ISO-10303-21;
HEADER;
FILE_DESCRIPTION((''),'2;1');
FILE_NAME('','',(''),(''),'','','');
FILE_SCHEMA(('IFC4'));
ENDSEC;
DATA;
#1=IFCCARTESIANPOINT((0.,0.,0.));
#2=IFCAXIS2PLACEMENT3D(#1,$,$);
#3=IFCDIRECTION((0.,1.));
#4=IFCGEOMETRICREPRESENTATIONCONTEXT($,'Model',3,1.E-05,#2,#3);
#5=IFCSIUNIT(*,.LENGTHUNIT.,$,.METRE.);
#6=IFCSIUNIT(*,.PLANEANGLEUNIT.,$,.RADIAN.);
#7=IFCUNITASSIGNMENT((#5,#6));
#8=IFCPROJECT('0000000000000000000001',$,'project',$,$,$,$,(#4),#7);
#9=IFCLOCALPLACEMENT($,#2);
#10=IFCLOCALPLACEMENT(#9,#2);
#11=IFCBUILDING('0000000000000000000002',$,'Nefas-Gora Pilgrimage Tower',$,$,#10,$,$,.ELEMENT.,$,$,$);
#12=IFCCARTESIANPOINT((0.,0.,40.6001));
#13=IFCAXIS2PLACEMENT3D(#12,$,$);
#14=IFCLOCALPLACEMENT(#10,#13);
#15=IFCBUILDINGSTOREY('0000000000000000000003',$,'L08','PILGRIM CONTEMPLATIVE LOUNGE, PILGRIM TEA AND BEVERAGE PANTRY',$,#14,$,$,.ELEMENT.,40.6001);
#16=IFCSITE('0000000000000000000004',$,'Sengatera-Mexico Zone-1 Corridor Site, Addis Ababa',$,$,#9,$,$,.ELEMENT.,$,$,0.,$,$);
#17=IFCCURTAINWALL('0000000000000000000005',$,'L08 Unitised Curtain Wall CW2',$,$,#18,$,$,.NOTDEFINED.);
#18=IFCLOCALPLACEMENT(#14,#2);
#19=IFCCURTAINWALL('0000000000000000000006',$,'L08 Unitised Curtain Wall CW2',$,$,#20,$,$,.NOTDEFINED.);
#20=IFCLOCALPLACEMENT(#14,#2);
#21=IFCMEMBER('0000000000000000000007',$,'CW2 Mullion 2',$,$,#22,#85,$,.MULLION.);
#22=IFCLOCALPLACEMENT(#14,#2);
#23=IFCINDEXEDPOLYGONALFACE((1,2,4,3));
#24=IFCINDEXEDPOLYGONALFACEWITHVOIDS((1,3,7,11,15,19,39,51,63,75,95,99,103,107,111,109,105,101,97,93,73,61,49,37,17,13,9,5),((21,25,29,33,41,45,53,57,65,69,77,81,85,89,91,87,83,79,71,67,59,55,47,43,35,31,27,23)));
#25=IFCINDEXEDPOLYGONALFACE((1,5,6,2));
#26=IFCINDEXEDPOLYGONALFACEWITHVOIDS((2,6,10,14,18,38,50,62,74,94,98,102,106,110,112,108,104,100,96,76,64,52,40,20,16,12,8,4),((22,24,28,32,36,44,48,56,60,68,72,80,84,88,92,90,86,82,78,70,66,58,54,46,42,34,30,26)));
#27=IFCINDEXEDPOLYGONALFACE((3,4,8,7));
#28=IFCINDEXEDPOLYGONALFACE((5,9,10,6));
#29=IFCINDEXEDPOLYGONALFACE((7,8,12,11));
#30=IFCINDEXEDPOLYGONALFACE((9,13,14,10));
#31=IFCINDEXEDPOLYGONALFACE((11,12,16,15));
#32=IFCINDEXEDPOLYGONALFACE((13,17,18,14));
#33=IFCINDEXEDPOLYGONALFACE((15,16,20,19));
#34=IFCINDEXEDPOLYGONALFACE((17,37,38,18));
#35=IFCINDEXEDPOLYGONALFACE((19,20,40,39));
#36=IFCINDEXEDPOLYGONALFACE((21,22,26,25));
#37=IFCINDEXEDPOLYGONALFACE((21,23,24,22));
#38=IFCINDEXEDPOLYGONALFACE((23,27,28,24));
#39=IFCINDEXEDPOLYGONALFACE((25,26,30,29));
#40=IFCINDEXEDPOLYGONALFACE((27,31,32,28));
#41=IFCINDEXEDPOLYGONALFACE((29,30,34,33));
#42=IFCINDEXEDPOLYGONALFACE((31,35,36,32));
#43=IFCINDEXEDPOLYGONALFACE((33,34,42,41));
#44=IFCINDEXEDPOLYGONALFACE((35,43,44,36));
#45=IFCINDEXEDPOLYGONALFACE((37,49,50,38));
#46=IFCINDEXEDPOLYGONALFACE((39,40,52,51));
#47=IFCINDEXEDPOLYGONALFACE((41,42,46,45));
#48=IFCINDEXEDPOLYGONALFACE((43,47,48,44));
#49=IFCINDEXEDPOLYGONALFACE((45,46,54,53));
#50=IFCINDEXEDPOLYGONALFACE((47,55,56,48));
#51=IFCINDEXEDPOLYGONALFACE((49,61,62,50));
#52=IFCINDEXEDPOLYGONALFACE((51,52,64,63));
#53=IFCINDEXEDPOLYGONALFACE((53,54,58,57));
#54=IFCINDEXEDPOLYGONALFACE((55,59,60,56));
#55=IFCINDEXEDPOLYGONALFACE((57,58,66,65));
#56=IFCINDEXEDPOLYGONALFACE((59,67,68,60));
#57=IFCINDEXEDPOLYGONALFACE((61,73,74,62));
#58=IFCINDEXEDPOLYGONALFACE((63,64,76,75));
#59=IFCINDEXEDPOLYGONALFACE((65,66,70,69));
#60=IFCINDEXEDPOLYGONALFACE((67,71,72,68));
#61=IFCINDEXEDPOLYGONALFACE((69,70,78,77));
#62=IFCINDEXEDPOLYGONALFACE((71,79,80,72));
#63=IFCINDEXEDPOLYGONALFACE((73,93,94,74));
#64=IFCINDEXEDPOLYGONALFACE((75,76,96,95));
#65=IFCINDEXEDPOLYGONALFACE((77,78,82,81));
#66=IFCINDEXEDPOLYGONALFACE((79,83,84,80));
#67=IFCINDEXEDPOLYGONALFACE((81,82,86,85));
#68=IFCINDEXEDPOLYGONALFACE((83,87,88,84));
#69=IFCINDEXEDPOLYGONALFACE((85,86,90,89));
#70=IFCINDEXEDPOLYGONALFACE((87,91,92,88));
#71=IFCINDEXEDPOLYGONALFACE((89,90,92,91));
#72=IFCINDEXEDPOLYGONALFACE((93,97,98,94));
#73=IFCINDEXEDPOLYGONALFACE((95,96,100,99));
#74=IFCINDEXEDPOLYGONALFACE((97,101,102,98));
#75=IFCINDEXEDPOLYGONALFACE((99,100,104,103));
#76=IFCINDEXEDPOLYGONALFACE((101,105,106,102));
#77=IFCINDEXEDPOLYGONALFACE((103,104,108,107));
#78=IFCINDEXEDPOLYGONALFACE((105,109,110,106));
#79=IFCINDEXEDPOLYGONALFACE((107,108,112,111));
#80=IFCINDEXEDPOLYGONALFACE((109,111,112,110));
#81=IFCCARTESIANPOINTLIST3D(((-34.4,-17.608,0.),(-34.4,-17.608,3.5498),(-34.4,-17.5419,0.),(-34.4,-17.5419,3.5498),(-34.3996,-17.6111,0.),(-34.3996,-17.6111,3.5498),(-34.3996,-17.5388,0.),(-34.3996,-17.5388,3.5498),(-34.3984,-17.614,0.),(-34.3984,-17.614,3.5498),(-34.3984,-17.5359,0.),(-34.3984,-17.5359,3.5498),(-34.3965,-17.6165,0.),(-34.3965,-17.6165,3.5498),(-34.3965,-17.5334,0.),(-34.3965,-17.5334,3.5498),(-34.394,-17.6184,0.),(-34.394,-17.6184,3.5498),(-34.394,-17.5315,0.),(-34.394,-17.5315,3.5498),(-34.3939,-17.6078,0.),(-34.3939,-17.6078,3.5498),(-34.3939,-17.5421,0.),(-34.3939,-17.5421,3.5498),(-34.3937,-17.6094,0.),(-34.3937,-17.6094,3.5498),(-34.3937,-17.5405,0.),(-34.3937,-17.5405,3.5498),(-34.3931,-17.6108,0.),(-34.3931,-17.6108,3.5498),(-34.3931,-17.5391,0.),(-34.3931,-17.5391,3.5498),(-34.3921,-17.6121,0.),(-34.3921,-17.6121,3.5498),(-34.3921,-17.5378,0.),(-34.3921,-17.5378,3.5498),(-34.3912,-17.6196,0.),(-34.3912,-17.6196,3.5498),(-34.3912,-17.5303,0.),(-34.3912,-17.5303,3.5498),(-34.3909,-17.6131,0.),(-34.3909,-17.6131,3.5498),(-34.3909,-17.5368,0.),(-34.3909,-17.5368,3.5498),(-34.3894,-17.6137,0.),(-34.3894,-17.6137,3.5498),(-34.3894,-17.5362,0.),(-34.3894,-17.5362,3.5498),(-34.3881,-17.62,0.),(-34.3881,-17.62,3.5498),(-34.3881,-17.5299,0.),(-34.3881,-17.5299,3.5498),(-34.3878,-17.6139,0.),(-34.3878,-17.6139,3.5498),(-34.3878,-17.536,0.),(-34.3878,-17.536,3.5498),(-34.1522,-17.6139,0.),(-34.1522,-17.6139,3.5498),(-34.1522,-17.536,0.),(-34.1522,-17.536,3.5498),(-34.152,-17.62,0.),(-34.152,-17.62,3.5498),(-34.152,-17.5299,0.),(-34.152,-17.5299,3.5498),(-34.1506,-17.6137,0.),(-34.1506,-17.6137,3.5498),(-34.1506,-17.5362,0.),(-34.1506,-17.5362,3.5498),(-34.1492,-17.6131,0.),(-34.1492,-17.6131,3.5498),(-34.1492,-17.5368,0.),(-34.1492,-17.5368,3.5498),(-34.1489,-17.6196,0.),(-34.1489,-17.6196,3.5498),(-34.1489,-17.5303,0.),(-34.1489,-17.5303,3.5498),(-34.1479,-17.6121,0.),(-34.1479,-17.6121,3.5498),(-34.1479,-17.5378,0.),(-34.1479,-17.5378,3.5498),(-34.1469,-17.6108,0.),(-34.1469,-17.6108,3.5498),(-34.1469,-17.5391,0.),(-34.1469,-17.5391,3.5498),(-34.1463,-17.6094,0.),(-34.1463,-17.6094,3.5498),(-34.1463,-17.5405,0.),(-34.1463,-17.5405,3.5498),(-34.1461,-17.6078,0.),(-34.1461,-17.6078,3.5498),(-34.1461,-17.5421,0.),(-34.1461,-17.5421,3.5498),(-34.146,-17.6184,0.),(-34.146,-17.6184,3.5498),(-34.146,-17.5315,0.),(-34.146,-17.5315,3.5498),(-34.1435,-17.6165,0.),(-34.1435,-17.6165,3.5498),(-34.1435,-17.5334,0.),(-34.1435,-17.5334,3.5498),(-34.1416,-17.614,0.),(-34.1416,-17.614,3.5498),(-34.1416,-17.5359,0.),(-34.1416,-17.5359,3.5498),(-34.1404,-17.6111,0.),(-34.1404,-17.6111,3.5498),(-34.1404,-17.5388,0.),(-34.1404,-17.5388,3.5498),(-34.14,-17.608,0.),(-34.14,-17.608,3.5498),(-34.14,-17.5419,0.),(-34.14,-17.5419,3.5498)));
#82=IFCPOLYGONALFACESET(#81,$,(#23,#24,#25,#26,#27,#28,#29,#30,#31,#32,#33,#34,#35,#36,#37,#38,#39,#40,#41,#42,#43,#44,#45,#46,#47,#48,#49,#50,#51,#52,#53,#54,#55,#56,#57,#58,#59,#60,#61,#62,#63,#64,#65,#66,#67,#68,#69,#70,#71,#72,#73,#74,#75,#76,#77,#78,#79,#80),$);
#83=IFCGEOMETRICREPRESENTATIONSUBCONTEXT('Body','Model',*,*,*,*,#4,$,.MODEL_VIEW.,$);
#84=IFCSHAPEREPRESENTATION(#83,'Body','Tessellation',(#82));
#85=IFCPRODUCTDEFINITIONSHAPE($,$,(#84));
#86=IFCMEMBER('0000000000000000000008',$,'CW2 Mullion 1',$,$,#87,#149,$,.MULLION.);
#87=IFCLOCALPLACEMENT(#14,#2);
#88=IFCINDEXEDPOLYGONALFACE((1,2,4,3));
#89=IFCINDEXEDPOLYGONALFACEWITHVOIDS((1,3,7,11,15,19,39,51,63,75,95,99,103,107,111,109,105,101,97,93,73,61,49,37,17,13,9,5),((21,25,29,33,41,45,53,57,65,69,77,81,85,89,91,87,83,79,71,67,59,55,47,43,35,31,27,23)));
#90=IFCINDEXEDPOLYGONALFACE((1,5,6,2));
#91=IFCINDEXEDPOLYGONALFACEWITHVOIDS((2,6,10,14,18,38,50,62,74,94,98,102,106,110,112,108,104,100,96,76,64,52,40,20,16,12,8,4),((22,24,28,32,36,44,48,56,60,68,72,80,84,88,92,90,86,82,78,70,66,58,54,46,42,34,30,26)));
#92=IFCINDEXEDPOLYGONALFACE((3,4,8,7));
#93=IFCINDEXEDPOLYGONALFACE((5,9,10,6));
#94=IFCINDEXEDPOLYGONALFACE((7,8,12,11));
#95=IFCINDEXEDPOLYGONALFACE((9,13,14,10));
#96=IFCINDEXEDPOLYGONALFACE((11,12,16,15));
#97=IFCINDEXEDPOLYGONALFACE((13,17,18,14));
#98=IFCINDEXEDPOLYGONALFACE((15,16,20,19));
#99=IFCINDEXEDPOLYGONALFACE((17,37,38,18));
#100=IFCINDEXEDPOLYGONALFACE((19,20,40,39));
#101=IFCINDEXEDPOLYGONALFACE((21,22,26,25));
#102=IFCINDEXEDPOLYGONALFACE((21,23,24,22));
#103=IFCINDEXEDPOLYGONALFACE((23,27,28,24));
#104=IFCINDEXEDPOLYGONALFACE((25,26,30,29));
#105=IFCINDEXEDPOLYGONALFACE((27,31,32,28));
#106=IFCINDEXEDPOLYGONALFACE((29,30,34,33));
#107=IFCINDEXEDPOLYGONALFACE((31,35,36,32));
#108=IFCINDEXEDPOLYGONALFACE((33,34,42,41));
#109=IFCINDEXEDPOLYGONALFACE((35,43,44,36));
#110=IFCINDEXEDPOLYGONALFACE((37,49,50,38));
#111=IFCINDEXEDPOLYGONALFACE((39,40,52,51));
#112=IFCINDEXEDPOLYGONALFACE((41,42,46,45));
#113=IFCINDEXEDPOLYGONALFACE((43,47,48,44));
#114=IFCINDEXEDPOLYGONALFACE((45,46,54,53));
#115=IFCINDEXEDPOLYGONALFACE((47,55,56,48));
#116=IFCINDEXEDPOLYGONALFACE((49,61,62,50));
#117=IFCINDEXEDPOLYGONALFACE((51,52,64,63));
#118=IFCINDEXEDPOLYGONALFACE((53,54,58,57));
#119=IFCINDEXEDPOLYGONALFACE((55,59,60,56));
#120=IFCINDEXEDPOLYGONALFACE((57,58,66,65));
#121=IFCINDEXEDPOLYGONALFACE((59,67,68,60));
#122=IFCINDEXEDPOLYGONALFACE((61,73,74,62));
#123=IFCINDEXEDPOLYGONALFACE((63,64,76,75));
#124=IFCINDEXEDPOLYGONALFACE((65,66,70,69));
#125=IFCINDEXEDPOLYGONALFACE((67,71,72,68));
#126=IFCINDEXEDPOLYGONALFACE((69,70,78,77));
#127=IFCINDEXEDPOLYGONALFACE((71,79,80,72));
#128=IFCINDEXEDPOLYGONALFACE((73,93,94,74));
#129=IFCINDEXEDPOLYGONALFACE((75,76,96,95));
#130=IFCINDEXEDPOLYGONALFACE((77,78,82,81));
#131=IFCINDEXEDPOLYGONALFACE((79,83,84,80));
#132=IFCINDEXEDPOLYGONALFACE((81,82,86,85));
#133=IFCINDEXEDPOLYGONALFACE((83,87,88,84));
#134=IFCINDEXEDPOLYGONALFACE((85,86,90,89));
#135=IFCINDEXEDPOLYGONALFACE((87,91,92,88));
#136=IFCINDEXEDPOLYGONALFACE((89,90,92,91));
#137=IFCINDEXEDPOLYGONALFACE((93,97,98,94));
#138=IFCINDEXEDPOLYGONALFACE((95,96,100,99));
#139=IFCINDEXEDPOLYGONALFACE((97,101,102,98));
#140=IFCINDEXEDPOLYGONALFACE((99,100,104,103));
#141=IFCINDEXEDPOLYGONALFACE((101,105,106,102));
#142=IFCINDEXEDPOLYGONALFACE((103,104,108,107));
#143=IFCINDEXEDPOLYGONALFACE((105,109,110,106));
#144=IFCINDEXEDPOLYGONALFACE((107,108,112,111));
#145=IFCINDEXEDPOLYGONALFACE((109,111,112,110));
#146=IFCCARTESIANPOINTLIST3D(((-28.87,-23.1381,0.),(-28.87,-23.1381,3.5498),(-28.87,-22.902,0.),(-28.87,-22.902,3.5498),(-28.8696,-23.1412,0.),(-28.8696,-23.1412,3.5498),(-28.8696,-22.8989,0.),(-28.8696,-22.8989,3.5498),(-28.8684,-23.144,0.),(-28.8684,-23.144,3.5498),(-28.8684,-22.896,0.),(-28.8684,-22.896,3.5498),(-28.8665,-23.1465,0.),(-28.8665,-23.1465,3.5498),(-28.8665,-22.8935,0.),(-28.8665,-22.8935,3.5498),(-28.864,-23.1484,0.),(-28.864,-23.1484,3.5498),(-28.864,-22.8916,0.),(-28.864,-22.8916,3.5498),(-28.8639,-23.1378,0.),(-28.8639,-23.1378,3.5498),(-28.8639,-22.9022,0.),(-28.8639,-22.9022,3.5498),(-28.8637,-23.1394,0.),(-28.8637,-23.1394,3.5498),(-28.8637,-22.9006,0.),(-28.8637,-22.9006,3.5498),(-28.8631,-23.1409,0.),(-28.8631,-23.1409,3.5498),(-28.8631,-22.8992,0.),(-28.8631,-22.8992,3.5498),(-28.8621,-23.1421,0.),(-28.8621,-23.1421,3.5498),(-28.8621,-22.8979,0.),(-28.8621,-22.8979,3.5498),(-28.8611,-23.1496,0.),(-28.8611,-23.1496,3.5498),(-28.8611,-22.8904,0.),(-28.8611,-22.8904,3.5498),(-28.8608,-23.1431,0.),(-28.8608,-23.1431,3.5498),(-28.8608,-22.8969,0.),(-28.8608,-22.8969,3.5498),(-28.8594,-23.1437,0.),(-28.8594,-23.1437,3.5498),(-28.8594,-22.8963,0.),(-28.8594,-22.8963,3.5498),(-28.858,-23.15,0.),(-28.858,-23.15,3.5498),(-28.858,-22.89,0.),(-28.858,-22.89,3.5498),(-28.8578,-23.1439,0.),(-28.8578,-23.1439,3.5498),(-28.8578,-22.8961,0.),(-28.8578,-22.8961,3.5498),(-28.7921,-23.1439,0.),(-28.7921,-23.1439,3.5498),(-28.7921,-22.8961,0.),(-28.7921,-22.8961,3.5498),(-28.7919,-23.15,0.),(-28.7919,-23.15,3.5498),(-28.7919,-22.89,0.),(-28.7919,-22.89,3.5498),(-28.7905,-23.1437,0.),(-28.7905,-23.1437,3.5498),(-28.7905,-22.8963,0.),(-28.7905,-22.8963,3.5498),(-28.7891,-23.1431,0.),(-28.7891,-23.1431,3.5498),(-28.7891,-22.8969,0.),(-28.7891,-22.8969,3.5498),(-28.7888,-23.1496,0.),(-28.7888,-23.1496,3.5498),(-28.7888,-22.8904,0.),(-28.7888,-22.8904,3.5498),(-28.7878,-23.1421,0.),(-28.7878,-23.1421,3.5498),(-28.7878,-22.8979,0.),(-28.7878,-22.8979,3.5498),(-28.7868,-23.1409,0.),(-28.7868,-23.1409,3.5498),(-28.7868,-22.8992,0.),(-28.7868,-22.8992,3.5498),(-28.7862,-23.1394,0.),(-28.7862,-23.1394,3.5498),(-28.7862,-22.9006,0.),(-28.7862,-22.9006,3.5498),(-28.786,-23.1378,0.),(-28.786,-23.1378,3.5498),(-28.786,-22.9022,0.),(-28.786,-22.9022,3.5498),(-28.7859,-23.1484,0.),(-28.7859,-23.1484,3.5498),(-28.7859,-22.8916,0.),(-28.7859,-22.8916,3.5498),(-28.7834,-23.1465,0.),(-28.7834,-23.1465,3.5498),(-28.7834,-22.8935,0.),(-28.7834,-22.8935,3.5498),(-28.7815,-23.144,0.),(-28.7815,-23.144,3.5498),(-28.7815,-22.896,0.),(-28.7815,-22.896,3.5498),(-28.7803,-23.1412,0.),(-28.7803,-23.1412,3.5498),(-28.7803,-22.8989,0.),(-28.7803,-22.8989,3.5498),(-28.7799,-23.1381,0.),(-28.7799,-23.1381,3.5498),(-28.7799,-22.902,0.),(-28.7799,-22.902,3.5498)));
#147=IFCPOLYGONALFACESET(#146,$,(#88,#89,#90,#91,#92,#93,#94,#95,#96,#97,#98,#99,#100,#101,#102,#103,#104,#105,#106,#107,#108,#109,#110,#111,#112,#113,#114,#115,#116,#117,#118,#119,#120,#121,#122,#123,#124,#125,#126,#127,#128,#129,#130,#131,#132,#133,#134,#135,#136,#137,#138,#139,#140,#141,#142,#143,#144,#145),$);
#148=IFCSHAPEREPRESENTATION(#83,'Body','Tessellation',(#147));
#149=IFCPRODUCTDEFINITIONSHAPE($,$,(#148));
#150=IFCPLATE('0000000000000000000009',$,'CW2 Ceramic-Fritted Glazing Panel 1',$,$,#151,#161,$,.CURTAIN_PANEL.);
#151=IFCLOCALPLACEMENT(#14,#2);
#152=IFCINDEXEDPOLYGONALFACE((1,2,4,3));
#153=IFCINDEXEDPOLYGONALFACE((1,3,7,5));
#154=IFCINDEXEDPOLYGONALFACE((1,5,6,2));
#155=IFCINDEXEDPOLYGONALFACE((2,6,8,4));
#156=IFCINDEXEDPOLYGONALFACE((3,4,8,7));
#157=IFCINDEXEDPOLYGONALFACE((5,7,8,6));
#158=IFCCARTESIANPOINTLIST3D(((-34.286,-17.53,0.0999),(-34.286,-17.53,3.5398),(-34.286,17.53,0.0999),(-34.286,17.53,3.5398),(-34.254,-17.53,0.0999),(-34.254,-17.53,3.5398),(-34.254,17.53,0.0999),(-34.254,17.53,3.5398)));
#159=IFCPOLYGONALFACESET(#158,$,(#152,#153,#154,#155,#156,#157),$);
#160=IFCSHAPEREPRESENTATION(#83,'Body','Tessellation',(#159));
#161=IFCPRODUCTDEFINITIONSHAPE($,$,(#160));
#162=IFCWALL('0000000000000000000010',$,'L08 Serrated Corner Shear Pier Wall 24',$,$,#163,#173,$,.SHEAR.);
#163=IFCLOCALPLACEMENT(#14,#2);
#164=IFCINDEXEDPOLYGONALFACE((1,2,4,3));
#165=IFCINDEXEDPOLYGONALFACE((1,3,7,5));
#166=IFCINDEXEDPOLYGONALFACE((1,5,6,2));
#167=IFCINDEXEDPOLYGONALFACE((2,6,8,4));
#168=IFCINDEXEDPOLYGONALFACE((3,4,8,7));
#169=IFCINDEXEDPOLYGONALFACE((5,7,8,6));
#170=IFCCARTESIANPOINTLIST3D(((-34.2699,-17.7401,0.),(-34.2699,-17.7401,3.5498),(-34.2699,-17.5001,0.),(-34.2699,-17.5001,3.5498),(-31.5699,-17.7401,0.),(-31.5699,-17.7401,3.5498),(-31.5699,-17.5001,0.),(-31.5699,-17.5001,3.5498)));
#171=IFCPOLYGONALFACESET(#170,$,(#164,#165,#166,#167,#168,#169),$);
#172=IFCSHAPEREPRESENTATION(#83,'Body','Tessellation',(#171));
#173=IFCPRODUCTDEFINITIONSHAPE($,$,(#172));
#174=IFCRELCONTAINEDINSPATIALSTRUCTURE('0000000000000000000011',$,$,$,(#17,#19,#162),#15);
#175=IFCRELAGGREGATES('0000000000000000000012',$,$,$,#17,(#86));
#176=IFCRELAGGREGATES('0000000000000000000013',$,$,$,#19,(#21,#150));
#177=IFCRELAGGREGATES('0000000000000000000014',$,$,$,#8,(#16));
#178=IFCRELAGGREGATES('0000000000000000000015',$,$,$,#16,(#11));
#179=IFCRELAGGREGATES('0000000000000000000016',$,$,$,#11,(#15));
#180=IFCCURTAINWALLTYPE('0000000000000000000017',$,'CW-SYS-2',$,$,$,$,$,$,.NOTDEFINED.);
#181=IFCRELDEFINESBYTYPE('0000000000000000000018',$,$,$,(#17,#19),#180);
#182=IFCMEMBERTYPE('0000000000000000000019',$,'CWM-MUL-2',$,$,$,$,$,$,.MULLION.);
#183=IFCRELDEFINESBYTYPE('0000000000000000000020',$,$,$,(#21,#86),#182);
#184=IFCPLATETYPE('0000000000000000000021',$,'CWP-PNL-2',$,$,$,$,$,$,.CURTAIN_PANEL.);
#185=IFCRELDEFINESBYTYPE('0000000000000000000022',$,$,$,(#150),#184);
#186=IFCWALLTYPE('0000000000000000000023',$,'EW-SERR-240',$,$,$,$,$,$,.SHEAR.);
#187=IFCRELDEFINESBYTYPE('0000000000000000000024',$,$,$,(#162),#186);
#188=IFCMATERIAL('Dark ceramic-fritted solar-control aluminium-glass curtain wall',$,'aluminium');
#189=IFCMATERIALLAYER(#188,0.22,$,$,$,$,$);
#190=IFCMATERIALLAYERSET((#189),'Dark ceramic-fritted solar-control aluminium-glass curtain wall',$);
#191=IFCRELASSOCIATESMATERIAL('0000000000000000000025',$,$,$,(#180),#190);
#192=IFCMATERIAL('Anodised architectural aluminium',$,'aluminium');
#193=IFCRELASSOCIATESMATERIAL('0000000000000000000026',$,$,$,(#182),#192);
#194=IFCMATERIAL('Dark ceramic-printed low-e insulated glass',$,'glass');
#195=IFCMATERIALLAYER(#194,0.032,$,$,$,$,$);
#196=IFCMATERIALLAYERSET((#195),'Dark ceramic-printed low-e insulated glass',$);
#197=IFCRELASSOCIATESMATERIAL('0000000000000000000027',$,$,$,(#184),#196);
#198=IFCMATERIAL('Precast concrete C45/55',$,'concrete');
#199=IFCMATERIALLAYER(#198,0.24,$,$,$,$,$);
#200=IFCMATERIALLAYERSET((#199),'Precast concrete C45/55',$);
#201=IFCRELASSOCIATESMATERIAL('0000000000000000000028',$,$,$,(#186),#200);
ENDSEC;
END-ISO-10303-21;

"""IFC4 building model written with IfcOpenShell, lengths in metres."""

from ifc_helpers import new_model, si_unit, direction, frame, frame_2d, origin, origin_2d, place, context, subcontext, project, spatial, rectangle, hollow_rectangle, extrude, source, transform, mapped, material, layer, layer_set, material_profile, profile_set, type_object, element, aggregate, save


model = new_model("IFC4")

# Units and contexts
model_context = context("Model", 3, precision=1e-05, world=origin(), true_north=direction((0.0, 1.0)))
body_context = subcontext(model_context, "Body", "Model", "MODEL_VIEW")
ifc_project = project(units=[si_unit("LENGTHUNIT", "METRE"), si_unit("PLANEANGLEUNIT", "RADIAN")], contexts=[model_context])

# Site, building, storey
site_placement = place(None, origin())
site = spatial("IfcSite", under=ifc_project, at=site_placement, Name="Sengatera-Mexico Zone-1 Corridor Site, Addis Ababa", CompositionType="ELEMENT", RefElevation=0.0)
building_placement = place(site_placement, origin())
building = spatial("IfcBuilding", under=site, at=building_placement, Name="Nefas-Gora Pilgrimage Tower", CompositionType="ELEMENT")
storey_placement = place(building_placement, frame((0.0, 0.0, 40.6001)))
storey = spatial("IfcBuildingStorey", under=building, at=storey_placement, Name="L08", Description="PILGRIM CONTEMPLATIVE LOUNGE, PILGRIM TEA AND BEVERAGE PANTRY", CompositionType="ELEMENT", Elevation=40.6001)

# Curtain walls, member
ifc_material_1 = material(Name="Dark ceramic-fritted solar-control aluminium-glass curtain wall", Category="aluminium")
ifc_layer_1 = layer(ifc_material_1, 0.22)
ifc_layer_set_1 = layer_set([ifc_layer_1], Name="Dark ceramic-fritted solar-control aluminium-glass curtain wall")
curtain_wall_type = type_object("IfcCurtainWallType", Name="CW-SYS-2", PredefinedType="NOTDEFINED", material=ifc_layer_set_1)
curtain_wall_1_placement = place(storey_placement, origin())
curtain_wall_1 = element("IfcCurtainWall", 1, at=curtain_wall_1_placement, inside=storey, type_object=curtain_wall_type, Name="L08 Unitised Curtain Wall CW2", PredefinedType="NOTDEFINED")
ifc_material_2 = material(Name="Anodised architectural aluminium", Category="aluminium")
curtain_wall_2_placement = place(storey_placement, origin())
curtain_wall_2 = element("IfcCurtainWall", 2, at=curtain_wall_2_placement, inside=storey, type_object=curtain_wall_type, Name="L08 Unitised Curtain Wall CW2", PredefinedType="NOTDEFINED")
ifc_material_profile_1 = material_profile(ifc_material_2, hollow_rectangle(XDim=0.0901, YDim=0.26, WallThickness=0.0061, InnerFilletRadius=0.0061, OuterFilletRadius=0.012, at=origin_2d()), Name="ALU MULLION 90x260")
ifc_profile_set_1 = profile_set([ifc_material_profile_1], Name="Anodised architectural aluminium")
member_type_1 = type_object("IfcMemberType", Name="CWM-MUL-2", PredefinedType="MULLION", material=ifc_profile_set_1)
shared_shape_1 = source(origin(), body_context, "Body", "SweptSolid", [
    extrude(hollow_rectangle(XDim=0.0901, YDim=0.26, WallThickness=0.0061, InnerFilletRadius=0.0061, OuterFilletRadius=0.012, at=origin_2d()), origin(), (0.0, 0.0, 1.0), 3.5498),
])
member_1_placement = place(storey_placement, frame((-34.27, -17.575, 0.0), z_axis=(0.0, 0.0, 1.0), x_axis=(0.0, -1.0, 0.0)))
member_1 = element("IfcMember", 3, at=member_1_placement, type_object=member_type_1, Name="CW2 Mullion 2", PredefinedType="MULLION", context=body_context, shape_type="MappedRepresentation", body=[
    mapped(shared_shape_1, transform((0.0, 0.0, 0.0), x_axis=(1.0, 0.0, 0.0), y_axis=(0.0, 1.0, 0.0), z_axis=(0.0, 0.0, 1.0), scale=1.0)),
])

# Member
member_2_placement = place(storey_placement, frame((-28.825, -23.02, 0.0), z_axis=(0.0, 0.0, 1.0), x_axis=(1.0, 0.0, 0.0)))
member_2 = element("IfcMember", 4, at=member_2_placement, type_object=member_type_1, Name="CW2 Mullion 1", PredefinedType="MULLION", context=body_context, shape_type="MappedRepresentation", body=[
    mapped(shared_shape_1, transform((0.0, 0.0, 0.0), x_axis=(1.0, 0.0, 0.0), y_axis=(0.0, 1.0, 0.0), z_axis=(0.0, 0.0, 1.0), scale=1.0)),
])
aggregate(curtain_wall_1, [member_2])

# Plate
ifc_material_3 = material(Name="Dark ceramic-printed low-e insulated glass", Category="glass")
ifc_layer_2 = layer(ifc_material_3, 0.032)
ifc_layer_set_2 = layer_set([ifc_layer_2], Name="Dark ceramic-printed low-e insulated glass")
plate_type = type_object("IfcPlateType", Name="CWP-PNL-2", PredefinedType="CURTAIN_PANEL", material=ifc_layer_set_2)
shared_shape_2 = source(origin(), body_context, "Body", "SweptSolid", [
    extrude(rectangle(XDim=35.0601, YDim=0.032, at=origin_2d()), origin(), (0.0, 0.0, 1.0), 3.4399),
])
plate_placement = place(storey_placement, frame((-34.27, 0.0, 0.0999), z_axis=(0.0, 0.0, 1.0), x_axis=(0.0, -1.0, 0.0)))
plate = element("IfcPlate", 5, at=plate_placement, type_object=plate_type, Name="CW2 Ceramic-Fritted Glazing Panel 1", PredefinedType="CURTAIN_PANEL", context=body_context, shape_type="MappedRepresentation", body=[
    mapped(shared_shape_2, transform((0.0, 0.0, 0.0), x_axis=(1.0, 0.0, 0.0), y_axis=(0.0, 1.0, 0.0), z_axis=(0.0, 0.0, 1.0), scale=1.0)),
])
aggregate(curtain_wall_2, [member_1, plate])

# Wall
ifc_material_4 = material(Name="Precast concrete C45/55", Category="concrete")
ifc_layer_3 = layer(ifc_material_4, 0.24)
ifc_layer_set_3 = layer_set([ifc_layer_3], Name="Precast concrete C45/55")
wall_type_1 = type_object("IfcWallType", Name="EW-SERR-240", PredefinedType="SHEAR", material=ifc_layer_set_3)
shared_shape_3 = source(origin(), body_context, "Body", "SweptSolid", [
    extrude(rectangle(XDim=2.7, YDim=0.24, at=frame_2d((1.3501, 0.0))), origin(), (0.0, 0.0, 1.0), 3.5498),
])
wall_1_placement = place(storey_placement, frame((-34.27, -17.6201, 0.0), z_axis=(0.0, 0.0, 1.0), x_axis=(1.0, 0.0, 0.0)))
element("IfcWall", 6, at=wall_1_placement, inside=storey, type_object=wall_type_1, Name="L08 Serrated Corner Shear Pier Wall 24", PredefinedType="SHEAR", context=body_context, shape_type="MappedRepresentation", body=[
    mapped(shared_shape_3, transform((0.0, 0.0, 0.0), x_axis=(1.0, 0.0, 0.0), y_axis=(0.0, 1.0, 0.0), z_axis=(0.0, 0.0, 1.0), scale=1.0)),
])

save(model, "model.ifc")
